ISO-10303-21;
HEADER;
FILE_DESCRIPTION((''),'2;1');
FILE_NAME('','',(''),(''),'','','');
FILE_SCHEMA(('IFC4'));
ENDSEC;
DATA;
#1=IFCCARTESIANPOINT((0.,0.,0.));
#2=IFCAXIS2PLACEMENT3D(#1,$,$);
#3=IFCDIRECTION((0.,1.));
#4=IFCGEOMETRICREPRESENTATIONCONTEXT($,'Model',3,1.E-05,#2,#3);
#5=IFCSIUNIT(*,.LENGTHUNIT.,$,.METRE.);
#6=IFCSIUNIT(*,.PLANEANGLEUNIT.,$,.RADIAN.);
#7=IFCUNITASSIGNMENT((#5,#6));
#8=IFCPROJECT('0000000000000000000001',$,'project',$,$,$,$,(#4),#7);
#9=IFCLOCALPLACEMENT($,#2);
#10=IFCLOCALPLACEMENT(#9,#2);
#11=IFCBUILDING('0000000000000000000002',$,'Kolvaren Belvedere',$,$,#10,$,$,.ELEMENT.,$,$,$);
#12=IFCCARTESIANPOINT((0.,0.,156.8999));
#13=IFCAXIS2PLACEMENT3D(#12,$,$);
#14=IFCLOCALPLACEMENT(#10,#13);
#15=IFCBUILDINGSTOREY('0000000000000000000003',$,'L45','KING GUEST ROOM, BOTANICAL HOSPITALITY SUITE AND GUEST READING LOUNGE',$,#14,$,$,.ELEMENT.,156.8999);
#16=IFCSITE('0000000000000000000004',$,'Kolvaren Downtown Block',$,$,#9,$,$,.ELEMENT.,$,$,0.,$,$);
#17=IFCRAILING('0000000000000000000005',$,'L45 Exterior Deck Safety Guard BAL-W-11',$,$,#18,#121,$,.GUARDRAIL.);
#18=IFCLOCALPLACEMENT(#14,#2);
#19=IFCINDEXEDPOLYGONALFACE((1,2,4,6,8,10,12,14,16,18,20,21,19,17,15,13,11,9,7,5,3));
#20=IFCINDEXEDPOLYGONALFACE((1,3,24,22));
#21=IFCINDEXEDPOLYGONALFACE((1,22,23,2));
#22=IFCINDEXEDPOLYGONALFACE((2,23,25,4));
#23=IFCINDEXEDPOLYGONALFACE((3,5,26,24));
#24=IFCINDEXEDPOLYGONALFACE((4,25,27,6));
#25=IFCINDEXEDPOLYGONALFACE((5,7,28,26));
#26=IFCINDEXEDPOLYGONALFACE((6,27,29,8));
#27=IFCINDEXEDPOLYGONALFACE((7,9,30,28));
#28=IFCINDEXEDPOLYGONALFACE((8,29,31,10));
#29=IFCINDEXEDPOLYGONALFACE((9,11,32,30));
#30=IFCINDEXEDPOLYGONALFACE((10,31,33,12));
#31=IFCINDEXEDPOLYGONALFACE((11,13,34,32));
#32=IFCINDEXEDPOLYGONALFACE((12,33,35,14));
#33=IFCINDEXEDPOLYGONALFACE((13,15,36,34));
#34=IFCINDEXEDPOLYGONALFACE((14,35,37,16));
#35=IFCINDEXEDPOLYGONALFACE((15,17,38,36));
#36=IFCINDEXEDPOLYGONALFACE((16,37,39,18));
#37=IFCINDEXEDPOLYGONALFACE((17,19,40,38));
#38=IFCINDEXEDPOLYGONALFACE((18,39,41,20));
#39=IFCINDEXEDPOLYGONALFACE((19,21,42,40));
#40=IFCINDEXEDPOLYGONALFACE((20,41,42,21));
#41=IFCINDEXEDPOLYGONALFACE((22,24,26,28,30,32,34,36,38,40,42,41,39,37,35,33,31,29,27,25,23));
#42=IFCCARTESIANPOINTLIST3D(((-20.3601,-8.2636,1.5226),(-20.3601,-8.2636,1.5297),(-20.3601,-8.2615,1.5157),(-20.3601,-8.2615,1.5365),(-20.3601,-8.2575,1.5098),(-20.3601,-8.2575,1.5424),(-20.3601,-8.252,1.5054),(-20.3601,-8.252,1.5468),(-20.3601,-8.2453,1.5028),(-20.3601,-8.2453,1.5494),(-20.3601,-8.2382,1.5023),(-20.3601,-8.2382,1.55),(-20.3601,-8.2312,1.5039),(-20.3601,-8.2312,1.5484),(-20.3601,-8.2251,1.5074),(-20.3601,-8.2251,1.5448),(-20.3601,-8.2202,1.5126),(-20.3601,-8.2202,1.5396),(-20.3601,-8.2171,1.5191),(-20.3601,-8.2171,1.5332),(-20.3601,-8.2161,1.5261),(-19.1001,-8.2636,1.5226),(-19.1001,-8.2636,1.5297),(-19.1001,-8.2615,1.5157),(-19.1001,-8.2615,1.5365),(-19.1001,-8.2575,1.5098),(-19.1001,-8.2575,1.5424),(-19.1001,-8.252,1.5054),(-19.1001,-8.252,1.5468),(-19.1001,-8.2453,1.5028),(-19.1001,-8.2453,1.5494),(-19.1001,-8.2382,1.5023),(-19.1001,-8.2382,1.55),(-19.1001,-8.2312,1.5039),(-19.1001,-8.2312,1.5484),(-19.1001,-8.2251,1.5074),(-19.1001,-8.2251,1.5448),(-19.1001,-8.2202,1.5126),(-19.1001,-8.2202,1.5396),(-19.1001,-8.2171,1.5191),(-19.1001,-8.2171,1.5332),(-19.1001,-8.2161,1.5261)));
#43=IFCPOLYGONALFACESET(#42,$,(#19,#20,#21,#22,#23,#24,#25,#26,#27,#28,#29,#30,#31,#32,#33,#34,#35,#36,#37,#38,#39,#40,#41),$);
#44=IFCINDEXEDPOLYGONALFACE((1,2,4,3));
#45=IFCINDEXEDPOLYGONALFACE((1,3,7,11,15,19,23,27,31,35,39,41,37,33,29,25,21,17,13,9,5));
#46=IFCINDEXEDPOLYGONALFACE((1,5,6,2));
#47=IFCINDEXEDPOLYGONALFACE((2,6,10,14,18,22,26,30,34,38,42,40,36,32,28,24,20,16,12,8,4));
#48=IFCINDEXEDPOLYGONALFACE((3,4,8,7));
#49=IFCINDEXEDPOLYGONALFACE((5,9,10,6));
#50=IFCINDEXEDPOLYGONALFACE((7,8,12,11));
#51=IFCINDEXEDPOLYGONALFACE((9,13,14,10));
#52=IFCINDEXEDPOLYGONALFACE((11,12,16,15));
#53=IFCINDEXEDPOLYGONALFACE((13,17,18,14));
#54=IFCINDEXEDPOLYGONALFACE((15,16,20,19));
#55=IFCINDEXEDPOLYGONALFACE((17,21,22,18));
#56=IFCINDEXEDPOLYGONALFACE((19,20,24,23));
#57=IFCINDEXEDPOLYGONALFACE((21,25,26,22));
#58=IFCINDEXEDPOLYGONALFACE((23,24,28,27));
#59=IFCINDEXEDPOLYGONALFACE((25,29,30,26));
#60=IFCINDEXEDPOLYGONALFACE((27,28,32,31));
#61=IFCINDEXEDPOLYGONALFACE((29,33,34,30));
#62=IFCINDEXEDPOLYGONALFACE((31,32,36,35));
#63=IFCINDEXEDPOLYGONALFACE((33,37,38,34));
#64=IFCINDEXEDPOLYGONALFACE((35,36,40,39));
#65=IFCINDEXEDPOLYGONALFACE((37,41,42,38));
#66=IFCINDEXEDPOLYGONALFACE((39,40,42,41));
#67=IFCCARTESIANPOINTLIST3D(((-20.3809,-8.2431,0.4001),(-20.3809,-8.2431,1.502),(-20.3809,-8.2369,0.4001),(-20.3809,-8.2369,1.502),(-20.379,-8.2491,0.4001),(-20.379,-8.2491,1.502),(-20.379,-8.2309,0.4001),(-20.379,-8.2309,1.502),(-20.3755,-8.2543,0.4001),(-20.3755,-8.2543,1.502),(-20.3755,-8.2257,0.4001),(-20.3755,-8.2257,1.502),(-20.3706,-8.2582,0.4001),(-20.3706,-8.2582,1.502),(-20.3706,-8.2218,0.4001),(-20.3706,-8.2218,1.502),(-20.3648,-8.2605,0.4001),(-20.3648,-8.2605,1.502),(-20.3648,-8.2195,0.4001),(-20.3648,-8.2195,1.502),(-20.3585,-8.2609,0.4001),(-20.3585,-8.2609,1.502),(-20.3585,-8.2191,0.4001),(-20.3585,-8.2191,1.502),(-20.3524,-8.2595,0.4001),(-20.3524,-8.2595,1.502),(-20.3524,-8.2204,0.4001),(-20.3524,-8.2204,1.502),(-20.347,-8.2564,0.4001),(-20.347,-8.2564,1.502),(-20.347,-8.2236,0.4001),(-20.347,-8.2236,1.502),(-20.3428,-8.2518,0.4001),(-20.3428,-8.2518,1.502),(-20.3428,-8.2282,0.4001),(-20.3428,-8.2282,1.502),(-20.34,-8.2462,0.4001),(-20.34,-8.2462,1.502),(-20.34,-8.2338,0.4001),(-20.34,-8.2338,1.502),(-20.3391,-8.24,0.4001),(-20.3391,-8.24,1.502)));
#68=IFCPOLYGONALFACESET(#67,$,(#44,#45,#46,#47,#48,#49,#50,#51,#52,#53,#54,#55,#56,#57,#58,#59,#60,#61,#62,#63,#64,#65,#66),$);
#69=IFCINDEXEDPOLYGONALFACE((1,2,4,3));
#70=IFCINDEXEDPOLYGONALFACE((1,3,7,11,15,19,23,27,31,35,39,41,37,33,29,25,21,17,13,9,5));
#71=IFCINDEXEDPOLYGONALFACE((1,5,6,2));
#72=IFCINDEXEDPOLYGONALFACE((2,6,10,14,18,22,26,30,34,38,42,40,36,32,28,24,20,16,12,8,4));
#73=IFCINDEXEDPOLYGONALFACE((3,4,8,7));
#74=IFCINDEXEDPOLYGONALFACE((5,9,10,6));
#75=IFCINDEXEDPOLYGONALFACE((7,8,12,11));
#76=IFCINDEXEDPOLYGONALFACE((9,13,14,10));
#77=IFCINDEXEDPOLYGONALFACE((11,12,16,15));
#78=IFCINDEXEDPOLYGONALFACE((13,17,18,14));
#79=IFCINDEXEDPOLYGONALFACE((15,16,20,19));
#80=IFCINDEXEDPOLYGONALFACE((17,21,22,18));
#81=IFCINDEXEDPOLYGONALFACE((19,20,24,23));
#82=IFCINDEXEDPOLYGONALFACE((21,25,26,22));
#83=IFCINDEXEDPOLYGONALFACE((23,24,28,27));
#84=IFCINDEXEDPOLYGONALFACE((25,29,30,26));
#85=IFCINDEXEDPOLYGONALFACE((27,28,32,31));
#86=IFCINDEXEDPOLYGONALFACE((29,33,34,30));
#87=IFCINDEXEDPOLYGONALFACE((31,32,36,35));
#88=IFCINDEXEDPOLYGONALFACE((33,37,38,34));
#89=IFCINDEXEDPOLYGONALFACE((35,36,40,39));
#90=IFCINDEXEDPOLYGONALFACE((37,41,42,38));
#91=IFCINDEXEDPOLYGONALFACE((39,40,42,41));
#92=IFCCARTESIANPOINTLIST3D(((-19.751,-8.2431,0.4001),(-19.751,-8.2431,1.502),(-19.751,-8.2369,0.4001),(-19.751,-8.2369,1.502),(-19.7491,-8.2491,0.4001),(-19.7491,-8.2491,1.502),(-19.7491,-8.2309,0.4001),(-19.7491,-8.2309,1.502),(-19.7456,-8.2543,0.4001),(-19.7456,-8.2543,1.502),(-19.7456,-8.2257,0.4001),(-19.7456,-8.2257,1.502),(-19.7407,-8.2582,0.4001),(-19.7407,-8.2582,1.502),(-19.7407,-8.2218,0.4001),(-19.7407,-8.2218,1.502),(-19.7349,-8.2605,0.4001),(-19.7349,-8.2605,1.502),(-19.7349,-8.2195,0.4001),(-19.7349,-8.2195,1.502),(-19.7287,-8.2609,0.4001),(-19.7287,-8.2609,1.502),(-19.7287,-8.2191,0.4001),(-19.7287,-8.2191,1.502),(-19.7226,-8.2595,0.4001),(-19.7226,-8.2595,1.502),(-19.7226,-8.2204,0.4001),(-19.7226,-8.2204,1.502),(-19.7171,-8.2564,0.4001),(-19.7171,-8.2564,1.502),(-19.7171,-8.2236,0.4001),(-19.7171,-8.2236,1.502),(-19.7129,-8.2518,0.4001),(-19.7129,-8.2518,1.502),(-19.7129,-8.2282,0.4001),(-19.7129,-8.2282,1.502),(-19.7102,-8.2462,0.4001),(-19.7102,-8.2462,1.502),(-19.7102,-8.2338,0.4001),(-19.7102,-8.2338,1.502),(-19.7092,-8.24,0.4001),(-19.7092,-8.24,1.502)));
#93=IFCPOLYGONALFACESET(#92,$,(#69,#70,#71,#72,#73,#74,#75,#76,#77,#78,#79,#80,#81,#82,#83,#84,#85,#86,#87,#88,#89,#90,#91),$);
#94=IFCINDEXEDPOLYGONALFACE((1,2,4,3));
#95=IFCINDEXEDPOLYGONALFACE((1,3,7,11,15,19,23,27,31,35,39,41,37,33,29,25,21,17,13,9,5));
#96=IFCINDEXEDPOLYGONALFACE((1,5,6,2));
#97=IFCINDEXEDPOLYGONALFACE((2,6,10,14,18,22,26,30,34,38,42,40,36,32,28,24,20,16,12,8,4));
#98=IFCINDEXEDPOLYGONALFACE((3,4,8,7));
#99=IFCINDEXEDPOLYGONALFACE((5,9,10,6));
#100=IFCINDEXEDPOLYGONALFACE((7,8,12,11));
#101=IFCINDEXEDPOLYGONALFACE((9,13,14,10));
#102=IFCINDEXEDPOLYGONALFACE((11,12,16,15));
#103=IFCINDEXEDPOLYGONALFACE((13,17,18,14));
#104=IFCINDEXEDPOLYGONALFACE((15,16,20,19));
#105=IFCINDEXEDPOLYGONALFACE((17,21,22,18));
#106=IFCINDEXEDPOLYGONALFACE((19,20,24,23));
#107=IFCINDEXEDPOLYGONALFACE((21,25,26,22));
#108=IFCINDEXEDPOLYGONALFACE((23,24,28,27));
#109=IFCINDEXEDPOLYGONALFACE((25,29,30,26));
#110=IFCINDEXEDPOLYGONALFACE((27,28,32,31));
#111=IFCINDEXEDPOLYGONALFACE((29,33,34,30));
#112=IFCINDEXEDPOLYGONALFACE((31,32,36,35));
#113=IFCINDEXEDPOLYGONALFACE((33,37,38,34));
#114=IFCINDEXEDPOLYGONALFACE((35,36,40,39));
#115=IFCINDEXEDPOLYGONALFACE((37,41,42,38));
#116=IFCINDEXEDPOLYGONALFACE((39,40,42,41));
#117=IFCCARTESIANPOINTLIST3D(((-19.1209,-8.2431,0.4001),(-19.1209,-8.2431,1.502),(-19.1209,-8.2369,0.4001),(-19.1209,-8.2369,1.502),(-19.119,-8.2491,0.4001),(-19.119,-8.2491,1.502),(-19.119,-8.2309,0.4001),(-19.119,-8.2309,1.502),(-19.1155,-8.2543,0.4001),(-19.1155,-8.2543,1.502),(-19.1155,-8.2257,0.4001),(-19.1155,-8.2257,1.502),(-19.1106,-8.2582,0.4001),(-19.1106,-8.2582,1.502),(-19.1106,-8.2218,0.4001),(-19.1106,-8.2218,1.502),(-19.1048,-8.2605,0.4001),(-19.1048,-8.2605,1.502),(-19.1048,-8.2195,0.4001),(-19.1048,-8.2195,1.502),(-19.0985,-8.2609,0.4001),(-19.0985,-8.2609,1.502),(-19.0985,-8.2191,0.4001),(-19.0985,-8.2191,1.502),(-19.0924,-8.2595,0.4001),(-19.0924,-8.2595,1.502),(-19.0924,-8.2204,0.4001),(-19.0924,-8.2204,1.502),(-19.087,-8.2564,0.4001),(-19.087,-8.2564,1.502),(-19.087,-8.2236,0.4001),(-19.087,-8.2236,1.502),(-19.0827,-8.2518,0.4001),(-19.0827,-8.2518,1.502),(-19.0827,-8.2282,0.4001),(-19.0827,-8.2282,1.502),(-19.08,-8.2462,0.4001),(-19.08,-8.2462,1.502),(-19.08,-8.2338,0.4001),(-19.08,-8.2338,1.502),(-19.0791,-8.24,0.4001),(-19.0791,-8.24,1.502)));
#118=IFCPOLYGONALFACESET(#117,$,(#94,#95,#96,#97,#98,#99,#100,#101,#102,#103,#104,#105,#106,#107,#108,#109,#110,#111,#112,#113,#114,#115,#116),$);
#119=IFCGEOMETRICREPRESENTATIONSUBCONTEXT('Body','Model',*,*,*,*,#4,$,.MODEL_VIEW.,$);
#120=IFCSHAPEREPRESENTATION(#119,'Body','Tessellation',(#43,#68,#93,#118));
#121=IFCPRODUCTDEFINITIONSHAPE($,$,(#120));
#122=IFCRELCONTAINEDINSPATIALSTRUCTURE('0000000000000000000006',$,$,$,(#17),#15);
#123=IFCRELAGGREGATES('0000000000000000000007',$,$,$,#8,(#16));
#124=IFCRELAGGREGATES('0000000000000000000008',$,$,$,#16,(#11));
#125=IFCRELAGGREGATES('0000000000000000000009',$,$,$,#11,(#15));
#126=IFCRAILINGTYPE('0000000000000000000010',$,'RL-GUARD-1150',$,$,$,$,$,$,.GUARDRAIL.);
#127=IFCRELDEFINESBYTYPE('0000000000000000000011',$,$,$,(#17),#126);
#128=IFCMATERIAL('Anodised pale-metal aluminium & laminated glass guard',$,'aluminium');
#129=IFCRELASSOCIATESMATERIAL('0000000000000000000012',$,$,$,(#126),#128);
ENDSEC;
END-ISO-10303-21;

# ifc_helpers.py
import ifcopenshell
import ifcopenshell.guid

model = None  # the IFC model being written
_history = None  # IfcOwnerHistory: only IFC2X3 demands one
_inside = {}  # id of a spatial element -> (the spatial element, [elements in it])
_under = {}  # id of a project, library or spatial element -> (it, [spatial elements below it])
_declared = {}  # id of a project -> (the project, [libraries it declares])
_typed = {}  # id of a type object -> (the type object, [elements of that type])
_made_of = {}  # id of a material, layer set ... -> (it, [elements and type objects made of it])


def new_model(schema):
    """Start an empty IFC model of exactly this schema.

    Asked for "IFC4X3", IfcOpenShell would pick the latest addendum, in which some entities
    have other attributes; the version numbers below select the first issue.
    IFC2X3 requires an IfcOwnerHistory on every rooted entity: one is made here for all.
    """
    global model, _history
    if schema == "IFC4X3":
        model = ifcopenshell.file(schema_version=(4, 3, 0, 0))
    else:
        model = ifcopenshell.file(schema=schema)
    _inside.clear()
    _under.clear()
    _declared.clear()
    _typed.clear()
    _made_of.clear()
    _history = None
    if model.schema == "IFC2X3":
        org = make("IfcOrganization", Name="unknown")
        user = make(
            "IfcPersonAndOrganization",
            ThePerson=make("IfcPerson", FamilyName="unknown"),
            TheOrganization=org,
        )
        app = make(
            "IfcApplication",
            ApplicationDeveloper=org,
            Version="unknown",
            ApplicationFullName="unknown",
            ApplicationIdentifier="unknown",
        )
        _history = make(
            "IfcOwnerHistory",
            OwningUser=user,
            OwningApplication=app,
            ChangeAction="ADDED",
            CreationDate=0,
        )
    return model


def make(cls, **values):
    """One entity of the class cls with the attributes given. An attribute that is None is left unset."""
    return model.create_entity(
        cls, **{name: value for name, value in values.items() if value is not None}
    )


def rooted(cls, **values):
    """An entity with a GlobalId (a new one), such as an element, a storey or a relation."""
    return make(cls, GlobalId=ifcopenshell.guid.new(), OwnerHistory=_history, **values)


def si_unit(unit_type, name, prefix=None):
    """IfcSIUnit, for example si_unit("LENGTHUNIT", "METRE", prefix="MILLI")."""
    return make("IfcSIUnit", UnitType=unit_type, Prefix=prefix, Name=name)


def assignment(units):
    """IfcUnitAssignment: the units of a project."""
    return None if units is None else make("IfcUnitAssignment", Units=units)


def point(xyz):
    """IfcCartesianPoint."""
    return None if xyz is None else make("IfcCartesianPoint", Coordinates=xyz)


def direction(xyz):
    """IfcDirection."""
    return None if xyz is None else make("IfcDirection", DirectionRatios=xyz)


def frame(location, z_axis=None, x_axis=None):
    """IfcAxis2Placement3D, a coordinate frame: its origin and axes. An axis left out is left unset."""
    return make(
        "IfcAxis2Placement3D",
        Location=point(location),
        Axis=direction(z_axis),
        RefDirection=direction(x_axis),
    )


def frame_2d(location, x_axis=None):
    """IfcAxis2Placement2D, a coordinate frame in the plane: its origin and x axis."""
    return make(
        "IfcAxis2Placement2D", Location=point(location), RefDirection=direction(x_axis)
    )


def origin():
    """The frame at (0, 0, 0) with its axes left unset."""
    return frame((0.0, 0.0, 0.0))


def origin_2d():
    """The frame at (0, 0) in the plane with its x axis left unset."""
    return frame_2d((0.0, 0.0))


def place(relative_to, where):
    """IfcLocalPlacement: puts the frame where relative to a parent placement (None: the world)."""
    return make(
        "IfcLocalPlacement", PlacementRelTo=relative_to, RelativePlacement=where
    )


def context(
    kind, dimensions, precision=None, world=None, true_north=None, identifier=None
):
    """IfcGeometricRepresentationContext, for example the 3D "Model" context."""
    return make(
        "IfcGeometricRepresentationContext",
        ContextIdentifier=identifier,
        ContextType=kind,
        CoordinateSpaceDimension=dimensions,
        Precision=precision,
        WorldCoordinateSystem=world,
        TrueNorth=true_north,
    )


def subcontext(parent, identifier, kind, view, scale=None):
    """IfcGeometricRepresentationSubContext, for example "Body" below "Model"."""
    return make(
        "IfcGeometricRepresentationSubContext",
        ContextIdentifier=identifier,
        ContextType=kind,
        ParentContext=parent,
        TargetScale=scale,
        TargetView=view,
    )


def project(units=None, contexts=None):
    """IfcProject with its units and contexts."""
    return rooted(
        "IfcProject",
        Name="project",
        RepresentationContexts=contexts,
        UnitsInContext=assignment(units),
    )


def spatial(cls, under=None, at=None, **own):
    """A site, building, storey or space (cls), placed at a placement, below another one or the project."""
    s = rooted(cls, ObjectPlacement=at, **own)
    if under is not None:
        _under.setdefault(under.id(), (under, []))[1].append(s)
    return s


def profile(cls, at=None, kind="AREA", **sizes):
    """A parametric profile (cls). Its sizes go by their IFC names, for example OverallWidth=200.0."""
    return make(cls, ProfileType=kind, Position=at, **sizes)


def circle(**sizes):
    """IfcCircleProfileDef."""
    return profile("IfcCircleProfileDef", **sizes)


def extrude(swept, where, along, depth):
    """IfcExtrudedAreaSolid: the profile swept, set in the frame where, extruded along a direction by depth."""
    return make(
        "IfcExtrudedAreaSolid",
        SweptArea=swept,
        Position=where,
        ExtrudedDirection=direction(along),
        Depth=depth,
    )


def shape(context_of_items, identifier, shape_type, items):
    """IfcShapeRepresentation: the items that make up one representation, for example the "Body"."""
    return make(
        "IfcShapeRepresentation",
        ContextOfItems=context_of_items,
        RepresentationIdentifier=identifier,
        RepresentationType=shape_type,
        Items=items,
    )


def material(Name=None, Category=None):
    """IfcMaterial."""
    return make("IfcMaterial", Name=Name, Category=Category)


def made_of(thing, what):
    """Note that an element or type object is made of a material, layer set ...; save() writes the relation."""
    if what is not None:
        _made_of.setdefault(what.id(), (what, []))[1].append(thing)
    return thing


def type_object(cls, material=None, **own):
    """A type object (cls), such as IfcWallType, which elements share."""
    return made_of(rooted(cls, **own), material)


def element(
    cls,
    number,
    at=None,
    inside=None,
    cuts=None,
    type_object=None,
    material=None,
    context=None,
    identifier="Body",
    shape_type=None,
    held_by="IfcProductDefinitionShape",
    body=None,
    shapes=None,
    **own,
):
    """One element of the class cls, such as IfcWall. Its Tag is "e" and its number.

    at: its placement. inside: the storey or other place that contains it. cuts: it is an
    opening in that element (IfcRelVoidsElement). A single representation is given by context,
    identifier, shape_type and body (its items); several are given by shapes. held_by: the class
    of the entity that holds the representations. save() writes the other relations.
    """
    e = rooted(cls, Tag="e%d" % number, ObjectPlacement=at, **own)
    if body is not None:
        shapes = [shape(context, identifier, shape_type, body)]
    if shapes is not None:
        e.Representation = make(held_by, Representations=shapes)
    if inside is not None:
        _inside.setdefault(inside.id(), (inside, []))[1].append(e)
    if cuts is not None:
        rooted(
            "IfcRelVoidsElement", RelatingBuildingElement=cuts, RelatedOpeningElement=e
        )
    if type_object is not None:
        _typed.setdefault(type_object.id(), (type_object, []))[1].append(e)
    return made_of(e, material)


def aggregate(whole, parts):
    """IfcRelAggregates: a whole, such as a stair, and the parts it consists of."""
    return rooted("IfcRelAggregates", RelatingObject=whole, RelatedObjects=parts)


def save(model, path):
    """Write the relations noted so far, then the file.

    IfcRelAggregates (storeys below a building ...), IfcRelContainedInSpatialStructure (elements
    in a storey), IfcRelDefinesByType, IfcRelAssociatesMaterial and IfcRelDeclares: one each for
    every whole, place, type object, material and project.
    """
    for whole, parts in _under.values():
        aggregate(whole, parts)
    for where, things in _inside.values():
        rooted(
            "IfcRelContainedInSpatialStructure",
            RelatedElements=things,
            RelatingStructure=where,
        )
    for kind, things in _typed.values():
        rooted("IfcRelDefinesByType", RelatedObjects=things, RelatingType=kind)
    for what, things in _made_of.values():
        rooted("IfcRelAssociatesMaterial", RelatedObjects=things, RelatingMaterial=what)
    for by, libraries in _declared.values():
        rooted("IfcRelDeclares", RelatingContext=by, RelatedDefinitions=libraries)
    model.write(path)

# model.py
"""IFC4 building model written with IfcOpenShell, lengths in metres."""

from ifc_helpers import new_model, si_unit, direction, frame, origin, origin_2d, place, context, subcontext, project, spatial, circle, extrude, material, type_object, element, save


model = new_model("IFC4")

# Units and contexts
model_context = context("Model", 3, precision=1e-05, world=origin(), true_north=direction((0.0, 1.0)))
body_context = subcontext(model_context, "Body", "Model", "MODEL_VIEW")
ifc_project = project(units=[si_unit("LENGTHUNIT", "METRE"), si_unit("PLANEANGLEUNIT", "RADIAN")], contexts=[model_context])

# Site, building, storey
site_placement = place(None, origin())
site = spatial("IfcSite", under=ifc_project, at=site_placement, Name="Kolvaren Downtown Block", CompositionType="ELEMENT", RefElevation=0.0)
building_placement = place(site_placement, origin())
building = spatial("IfcBuilding", under=site, at=building_placement, Name="Kolvaren Belvedere", CompositionType="ELEMENT")
storey_placement = place(building_placement, frame((0.0, 0.0, 156.8999)))
storey = spatial("IfcBuildingStorey", under=building, at=storey_placement, Name="L45", Description="KING GUEST ROOM, BOTANICAL HOSPITALITY SUITE AND GUEST READING LOUNGE", CompositionType="ELEMENT", Elevation=156.8999)

# Railing
ifc_material_1 = material(Name="Anodised pale-metal aluminium & laminated glass guard", Category="aluminium")
railing_type = type_object("IfcRailingType", Name="RL-GUARD-1150", PredefinedType="GUARDRAIL", material=ifc_material_1)
railing_1_placement = place(storey_placement, frame((-20.3601, -8.24, 0.4001)))
element("IfcRailing", 1, at=railing_1_placement, inside=storey, type_object=railing_type, Name="L45 Exterior Deck Safety Guard BAL-W-11", PredefinedType="GUARDRAIL", context=body_context, shape_type="SweptSolid", body=[
    extrude(circle(Radius=0.0239, at=origin_2d()), frame((0.0, 0.0, 1.126), z_axis=(1.0, 0.0, 0.0), x_axis=(0.0, 1.0, 0.0)), (0.0, 0.0, 1.0), 1.26),
    extrude(circle(Radius=0.021, at=origin_2d()), origin(), (0.0, 0.0, 1.0), 1.1018),
    extrude(circle(Radius=0.021, at=origin_2d()), frame((0.6299, 0.0, 0.0)), (0.0, 0.0, 1.0), 1.1018),
    extrude(circle(Radius=0.021, at=origin_2d()), frame((1.26, 0.0, 0.0)), (0.0, 0.0, 1.0), 1.1018),
])

save(model, "model.ifc")
